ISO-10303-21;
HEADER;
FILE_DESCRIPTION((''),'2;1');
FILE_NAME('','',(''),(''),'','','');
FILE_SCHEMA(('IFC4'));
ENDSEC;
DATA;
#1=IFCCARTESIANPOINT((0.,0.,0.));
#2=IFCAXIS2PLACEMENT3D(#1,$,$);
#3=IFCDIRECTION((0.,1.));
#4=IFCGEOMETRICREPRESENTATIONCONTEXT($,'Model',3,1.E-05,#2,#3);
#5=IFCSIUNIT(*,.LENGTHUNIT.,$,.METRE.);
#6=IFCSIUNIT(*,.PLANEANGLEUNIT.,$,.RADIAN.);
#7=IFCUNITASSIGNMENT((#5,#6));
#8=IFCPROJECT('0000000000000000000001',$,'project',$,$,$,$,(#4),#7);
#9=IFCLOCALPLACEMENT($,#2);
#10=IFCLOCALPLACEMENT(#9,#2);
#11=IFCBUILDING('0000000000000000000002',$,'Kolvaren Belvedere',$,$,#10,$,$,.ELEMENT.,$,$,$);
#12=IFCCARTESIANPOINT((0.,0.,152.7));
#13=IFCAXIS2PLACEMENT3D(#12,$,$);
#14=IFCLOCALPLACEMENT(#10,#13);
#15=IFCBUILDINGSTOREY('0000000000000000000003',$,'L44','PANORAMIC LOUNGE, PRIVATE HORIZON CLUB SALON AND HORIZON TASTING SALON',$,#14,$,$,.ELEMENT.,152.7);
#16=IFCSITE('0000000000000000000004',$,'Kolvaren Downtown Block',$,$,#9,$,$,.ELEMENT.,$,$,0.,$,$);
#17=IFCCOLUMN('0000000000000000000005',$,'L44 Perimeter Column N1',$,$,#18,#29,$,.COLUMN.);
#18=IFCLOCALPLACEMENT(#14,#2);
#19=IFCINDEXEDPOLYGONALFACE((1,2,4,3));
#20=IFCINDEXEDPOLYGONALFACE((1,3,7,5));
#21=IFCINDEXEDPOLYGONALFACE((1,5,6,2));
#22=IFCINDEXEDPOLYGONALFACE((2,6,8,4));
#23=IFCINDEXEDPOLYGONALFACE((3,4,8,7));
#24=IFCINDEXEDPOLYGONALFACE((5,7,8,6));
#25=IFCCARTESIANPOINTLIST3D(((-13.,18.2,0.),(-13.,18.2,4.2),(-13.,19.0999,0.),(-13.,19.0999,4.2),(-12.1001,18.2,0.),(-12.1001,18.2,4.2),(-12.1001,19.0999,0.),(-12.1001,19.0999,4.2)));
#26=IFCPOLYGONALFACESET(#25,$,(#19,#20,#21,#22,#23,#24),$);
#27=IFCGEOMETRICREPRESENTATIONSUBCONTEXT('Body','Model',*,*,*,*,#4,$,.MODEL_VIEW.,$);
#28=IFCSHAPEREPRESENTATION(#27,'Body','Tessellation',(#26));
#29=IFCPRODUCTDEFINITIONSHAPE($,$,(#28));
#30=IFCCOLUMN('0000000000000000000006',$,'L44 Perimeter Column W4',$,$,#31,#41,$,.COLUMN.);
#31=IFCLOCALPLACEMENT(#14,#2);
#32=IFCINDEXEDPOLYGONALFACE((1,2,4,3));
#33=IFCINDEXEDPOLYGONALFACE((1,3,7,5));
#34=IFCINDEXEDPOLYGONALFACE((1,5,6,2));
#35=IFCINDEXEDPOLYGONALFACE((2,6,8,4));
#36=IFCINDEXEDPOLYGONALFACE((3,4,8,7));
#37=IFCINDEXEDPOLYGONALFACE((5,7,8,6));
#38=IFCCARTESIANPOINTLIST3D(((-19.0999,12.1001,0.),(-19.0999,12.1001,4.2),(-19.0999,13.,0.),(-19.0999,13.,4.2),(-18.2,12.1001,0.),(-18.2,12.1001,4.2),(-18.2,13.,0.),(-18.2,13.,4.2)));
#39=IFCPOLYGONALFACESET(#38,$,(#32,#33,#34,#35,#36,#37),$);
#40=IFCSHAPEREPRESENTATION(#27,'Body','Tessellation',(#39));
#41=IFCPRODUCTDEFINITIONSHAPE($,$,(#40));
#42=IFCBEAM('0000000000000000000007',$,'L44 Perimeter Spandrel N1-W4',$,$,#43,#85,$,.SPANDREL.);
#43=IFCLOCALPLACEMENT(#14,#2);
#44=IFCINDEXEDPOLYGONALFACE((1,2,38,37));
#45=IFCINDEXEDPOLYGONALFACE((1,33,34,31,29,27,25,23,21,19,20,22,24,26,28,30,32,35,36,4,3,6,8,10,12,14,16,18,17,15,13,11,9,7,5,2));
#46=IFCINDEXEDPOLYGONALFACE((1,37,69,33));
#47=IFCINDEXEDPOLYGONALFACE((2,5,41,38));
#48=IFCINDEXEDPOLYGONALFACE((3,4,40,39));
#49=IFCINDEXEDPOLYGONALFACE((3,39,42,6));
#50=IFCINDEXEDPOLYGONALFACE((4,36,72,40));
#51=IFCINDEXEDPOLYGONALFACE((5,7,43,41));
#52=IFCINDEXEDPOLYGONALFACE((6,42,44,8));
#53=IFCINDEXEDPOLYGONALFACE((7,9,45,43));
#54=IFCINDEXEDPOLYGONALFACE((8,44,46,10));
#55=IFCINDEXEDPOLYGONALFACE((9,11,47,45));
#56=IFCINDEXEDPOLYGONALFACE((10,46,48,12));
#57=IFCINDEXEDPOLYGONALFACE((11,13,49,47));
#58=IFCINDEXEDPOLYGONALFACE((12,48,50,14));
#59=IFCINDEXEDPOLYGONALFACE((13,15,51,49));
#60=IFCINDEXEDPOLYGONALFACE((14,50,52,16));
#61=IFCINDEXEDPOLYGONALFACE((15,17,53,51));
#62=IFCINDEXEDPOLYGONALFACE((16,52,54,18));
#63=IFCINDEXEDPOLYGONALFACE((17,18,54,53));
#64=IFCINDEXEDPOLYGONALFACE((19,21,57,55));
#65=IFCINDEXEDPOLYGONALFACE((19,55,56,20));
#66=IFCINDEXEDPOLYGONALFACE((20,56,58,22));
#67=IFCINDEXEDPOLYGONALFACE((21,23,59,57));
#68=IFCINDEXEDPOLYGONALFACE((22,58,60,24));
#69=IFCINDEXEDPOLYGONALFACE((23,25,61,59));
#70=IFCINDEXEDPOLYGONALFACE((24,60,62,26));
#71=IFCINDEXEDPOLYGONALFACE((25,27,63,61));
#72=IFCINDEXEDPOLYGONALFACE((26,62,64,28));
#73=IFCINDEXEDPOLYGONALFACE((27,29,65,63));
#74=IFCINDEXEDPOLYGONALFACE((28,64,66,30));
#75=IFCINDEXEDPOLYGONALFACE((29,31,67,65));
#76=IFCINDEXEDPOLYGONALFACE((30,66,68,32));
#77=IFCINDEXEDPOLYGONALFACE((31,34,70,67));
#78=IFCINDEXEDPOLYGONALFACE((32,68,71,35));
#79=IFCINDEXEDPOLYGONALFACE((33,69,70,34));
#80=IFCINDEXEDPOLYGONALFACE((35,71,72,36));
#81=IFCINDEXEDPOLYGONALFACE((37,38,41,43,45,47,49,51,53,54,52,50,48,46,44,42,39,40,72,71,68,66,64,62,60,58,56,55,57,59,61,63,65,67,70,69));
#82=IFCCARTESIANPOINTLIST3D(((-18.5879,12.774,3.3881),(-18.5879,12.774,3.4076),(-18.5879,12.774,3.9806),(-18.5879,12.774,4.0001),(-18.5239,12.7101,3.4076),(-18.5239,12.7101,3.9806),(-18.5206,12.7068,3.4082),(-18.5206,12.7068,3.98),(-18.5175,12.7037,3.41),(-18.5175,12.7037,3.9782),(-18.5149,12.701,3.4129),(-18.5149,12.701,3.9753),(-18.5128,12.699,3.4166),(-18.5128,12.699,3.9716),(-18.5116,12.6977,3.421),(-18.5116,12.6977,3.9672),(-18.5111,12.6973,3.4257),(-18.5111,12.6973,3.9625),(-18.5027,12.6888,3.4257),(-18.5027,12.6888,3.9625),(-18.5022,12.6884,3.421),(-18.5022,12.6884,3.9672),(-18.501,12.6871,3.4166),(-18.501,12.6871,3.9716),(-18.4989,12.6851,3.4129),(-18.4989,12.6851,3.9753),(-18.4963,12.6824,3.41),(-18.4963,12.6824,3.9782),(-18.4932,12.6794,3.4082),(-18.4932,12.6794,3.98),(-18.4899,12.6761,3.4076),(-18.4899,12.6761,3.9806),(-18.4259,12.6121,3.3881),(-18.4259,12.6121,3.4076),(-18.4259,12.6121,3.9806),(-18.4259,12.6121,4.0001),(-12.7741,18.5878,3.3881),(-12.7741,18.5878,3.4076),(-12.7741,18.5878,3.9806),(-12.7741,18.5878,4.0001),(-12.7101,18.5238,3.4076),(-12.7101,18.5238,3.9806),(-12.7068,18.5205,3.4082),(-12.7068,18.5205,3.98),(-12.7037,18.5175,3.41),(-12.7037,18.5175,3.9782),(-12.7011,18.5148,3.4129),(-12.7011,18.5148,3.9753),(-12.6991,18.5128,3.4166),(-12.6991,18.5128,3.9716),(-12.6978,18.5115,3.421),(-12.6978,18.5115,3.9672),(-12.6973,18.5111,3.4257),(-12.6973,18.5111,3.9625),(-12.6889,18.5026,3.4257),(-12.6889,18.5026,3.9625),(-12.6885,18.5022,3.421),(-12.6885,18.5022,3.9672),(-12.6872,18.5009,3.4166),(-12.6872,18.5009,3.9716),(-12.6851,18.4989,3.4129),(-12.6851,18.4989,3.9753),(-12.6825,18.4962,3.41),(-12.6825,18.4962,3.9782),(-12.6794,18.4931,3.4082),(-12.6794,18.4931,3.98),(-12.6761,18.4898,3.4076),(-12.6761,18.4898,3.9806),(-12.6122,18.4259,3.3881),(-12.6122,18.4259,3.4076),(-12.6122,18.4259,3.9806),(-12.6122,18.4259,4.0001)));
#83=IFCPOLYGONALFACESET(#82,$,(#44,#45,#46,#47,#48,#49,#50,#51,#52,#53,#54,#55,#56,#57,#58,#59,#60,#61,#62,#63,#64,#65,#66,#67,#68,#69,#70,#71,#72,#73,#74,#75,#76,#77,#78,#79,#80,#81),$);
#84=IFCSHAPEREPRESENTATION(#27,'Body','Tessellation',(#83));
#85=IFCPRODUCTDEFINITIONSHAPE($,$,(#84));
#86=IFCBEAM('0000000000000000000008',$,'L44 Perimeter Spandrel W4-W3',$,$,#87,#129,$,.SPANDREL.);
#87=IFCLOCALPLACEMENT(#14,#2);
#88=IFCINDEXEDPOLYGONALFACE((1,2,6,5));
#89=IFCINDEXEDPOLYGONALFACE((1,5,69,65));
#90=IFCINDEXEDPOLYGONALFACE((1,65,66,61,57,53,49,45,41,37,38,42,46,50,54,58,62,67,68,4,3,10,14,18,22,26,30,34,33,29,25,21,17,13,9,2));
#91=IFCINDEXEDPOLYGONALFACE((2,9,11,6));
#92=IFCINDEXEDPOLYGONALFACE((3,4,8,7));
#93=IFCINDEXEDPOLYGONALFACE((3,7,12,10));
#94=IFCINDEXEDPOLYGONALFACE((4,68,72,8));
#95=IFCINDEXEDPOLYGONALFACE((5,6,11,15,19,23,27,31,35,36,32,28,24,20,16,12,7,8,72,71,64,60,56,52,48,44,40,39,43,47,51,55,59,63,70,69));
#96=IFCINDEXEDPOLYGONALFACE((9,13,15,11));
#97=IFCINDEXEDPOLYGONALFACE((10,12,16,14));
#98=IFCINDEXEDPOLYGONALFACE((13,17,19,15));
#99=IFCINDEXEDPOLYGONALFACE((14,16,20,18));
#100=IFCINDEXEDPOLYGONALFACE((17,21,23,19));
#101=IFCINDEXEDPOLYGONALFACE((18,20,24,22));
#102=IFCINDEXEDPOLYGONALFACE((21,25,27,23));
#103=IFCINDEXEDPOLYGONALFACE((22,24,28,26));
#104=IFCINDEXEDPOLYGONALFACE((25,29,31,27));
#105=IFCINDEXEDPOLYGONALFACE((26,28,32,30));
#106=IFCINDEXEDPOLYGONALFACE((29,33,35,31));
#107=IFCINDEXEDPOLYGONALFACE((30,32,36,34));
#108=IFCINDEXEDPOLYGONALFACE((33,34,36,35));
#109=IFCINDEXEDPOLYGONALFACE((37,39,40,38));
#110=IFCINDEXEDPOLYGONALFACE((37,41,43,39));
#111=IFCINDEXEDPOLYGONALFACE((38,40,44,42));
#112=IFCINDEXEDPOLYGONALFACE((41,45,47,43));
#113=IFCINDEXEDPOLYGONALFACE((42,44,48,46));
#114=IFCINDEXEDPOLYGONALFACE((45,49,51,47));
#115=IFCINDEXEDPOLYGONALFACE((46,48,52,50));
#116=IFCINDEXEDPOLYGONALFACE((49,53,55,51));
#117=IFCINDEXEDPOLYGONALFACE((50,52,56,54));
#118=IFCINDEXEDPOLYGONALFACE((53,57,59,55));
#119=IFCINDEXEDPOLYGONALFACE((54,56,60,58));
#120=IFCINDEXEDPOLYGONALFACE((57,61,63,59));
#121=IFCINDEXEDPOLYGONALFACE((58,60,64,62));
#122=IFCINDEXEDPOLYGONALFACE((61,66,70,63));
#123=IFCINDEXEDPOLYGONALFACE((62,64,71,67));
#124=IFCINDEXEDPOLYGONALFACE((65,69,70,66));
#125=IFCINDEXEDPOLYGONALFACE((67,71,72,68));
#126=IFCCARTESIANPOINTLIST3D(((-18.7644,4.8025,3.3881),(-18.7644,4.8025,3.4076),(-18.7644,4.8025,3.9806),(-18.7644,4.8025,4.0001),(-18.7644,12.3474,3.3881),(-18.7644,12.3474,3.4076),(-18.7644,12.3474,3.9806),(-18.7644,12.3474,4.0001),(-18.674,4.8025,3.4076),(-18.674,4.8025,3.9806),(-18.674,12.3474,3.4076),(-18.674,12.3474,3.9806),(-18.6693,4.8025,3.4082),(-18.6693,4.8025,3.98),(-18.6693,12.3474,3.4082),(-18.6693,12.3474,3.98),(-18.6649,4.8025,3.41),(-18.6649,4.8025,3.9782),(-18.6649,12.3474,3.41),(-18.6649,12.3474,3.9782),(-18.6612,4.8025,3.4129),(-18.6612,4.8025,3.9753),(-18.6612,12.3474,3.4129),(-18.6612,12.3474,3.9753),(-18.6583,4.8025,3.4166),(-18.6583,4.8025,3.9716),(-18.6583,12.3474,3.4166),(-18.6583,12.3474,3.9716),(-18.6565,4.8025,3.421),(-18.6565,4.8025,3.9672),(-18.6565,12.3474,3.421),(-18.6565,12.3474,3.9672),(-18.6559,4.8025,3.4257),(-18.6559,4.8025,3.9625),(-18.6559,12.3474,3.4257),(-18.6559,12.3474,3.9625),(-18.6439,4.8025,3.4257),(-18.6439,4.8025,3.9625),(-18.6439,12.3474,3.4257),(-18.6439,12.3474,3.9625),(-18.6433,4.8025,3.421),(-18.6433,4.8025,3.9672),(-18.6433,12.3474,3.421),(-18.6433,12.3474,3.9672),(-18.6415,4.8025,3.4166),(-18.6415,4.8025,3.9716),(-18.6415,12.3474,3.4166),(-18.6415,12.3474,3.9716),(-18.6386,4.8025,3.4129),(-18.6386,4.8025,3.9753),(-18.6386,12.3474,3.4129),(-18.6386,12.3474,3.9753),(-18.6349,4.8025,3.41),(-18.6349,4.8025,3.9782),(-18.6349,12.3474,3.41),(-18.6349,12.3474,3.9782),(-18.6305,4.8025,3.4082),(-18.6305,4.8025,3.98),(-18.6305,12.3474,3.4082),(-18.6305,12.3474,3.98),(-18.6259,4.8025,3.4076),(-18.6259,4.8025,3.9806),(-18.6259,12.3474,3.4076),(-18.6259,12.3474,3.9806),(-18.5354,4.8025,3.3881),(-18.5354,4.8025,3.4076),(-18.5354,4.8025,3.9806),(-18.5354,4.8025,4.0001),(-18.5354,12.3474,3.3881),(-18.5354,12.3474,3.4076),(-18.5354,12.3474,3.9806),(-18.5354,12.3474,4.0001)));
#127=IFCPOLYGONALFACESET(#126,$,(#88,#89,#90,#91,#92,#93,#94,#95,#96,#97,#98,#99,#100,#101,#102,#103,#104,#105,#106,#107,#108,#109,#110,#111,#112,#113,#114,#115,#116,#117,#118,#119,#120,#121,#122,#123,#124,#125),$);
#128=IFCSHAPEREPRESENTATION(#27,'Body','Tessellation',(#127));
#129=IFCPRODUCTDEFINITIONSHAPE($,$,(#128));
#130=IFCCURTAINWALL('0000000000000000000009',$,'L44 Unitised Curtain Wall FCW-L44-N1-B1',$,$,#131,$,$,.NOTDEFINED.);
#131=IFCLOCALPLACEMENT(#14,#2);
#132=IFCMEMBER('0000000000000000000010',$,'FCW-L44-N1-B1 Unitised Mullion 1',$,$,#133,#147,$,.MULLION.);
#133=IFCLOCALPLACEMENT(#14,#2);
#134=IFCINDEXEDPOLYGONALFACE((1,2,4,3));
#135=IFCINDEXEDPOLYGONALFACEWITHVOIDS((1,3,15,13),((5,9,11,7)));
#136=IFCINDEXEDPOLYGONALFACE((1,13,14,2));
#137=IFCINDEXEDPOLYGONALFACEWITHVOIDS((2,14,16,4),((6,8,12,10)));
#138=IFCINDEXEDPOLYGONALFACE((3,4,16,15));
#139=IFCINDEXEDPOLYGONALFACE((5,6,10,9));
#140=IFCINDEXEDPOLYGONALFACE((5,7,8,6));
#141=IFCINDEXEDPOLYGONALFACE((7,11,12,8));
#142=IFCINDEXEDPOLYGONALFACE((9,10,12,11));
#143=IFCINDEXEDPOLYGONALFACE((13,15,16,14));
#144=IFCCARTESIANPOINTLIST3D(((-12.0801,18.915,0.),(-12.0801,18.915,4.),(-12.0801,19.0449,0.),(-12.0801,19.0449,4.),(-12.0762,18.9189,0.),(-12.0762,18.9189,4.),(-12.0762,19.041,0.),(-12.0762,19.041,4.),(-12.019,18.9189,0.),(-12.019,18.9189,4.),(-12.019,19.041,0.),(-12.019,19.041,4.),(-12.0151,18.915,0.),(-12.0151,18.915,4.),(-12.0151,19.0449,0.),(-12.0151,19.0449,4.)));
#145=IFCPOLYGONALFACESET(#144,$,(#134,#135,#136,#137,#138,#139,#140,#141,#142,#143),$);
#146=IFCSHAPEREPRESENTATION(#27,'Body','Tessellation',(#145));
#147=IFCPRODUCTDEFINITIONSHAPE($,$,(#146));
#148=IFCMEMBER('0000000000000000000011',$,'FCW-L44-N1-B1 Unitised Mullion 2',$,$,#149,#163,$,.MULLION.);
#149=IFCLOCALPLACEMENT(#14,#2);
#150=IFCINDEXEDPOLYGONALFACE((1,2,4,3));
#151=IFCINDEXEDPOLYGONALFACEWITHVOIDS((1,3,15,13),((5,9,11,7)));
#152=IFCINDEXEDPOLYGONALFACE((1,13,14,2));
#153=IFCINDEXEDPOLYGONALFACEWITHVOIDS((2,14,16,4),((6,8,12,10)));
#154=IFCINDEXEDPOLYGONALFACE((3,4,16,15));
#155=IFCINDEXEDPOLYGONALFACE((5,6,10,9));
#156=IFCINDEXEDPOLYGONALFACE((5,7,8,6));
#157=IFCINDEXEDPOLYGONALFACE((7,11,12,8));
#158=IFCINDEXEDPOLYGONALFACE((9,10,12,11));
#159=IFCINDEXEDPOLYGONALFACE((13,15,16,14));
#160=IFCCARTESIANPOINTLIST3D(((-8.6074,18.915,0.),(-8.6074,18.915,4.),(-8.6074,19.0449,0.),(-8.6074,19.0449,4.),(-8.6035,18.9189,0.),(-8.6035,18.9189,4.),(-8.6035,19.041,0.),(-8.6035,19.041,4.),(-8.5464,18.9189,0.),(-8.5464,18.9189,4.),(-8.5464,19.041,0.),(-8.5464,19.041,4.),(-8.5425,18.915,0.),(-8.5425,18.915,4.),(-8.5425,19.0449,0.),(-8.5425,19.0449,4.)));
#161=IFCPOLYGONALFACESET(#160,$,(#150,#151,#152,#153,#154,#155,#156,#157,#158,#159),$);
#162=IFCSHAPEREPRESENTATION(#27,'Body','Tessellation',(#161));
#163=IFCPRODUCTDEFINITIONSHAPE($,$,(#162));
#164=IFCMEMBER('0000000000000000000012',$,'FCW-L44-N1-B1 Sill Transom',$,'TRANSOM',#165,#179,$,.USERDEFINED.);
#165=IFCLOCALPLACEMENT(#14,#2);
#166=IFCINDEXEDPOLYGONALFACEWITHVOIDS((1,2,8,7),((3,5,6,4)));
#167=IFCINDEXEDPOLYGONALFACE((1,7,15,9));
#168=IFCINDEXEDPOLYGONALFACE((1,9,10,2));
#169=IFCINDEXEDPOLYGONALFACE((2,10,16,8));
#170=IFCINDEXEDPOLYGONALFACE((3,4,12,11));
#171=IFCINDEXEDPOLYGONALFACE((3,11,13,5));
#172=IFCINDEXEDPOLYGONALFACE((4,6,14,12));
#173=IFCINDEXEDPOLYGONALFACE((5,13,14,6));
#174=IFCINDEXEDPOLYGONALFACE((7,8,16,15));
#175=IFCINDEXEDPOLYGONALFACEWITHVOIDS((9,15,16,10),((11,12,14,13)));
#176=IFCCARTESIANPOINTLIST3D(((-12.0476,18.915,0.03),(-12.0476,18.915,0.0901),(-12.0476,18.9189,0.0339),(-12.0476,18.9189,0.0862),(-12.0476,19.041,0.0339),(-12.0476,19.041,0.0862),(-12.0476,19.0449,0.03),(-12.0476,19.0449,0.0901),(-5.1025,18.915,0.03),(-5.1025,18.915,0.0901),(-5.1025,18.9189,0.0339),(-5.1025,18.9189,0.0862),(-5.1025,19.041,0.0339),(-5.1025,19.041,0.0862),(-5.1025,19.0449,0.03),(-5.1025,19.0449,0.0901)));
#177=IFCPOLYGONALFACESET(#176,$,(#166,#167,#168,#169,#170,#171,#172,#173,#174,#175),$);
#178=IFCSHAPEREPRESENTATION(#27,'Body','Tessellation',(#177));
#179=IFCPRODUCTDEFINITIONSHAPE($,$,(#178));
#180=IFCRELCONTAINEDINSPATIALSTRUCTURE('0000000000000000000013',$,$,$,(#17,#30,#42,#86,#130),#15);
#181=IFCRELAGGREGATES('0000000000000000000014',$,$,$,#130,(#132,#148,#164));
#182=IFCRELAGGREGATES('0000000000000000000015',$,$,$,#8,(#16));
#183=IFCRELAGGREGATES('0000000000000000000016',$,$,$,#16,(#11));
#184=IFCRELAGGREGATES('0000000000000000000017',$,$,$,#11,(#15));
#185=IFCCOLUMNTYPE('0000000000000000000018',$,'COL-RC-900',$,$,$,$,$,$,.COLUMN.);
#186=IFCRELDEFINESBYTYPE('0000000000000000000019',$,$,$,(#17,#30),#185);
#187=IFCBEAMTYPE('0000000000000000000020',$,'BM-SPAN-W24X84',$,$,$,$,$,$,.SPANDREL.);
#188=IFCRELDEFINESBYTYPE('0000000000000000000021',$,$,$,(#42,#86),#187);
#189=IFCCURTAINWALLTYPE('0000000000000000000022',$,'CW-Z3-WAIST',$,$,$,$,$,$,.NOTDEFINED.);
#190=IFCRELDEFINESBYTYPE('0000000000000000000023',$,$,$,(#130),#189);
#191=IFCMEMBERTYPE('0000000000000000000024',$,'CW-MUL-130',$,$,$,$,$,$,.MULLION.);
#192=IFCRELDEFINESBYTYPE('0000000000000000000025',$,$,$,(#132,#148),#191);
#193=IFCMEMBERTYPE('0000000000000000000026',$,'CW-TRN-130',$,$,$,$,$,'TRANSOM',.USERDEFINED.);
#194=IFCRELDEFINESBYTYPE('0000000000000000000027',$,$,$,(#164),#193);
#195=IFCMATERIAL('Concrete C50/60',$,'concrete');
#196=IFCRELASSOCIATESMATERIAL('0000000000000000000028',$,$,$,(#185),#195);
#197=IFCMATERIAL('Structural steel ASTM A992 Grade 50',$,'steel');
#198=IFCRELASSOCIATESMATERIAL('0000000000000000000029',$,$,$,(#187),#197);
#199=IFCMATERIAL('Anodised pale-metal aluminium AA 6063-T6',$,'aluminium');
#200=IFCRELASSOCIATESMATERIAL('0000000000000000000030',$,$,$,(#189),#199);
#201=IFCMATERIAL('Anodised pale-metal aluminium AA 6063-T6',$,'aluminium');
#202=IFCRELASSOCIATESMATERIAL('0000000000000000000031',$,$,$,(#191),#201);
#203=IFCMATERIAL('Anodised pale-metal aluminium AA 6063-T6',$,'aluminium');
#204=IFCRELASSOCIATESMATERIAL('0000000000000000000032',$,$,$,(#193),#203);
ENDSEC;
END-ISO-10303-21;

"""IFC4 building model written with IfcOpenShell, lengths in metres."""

from ifc_helpers import new_model, si_unit, direction, frame, origin, origin_2d, place, context, subcontext, project, spatial, rectangle, hollow_rectangle, i_section, extrude, material, material_profile, profile_set, type_object, element, aggregate, save


model = new_model("IFC4")

# Units and contexts
model_context = context("Model", 3, precision=1e-05, world=origin(), true_north=direction((0.0, 1.0)))
body_context = subcontext(model_context, "Body", "Model", "MODEL_VIEW")
ifc_project = project(units=[si_unit("LENGTHUNIT", "METRE"), si_unit("PLANEANGLEUNIT", "RADIAN")], contexts=[model_context])

# Site, building, storey
site_placement = place(None, origin())
site = spatial("IfcSite", under=ifc_project, at=site_placement, Name="Kolvaren Downtown Block", CompositionType="ELEMENT", RefElevation=0.0)
building_placement = place(site_placement, origin())
building = spatial("IfcBuilding", under=site, at=building_placement, Name="Kolvaren Belvedere", CompositionType="ELEMENT")
storey_placement = place(building_placement, frame((0.0, 0.0, 152.7)))
storey = spatial("IfcBuildingStorey", under=building, at=storey_placement, Name="L44", Description="PANORAMIC LOUNGE, PRIVATE HORIZON CLUB SALON AND HORIZON TASTING SALON", CompositionType="ELEMENT", Elevation=152.7)

# Columns
ifc_material_1 = material(Name="Concrete C50/60", Category="concrete")
ifc_material_profile_1 = material_profile(ifc_material_1, rectangle(XDim=0.8999, YDim=0.8999, at=origin_2d()), Name="RC 900X900")
ifc_profile_set_1 = profile_set([ifc_material_profile_1], Name="Concrete C50/60")
column_type = type_object("IfcColumnType", Name="COL-RC-900", PredefinedType="COLUMN", material=ifc_profile_set_1)
for number, where, z_axis, x_axis, name in (
    (1, (-12.55, 18.6499, 0.0), (0.0, 0.0, 1.0), (1.0, 0.0, 0.0), "L44 Perimeter Column N1"),
    (2, (-18.6499, 12.55, 0.0), (0.0, 0.0, 1.0), (1.0, 0.0, 0.0), "L44 Perimeter Column W4"),
):
    element("IfcColumn", number, at=place(storey_placement, frame(where, z_axis=z_axis, x_axis=x_axis)), inside=storey, type_object=column_type, Name=name, PredefinedType="COLUMN", context=body_context, shape_type="SweptSolid", body=[
        extrude(rectangle(XDim=0.8999, YDim=0.8999, at=origin_2d()), origin(), (0.0, 0.0, 1.0), 4.2),
    ])

# Beams
ifc_material_2 = material(Name="Structural steel ASTM A992 Grade 50", Category="steel")
ifc_material_profile_2 = material_profile(ifc_material_2, i_section(OverallWidth=0.229, OverallDepth=0.6121, WebThickness=0.012, FlangeThickness=0.0195, FilletRadius=0.0181, at=origin_2d()), Name="W24X84")
ifc_profile_set_2 = profile_set([ifc_material_profile_2], Name="Structural steel ASTM A992 Grade 50")
beam_type = type_object("IfcBeamType", Name="BM-SPAN-W24X84", PredefinedType="SPANDREL", material=ifc_profile_set_2)
beam_1_placement = place(storey_placement, frame((-12.6931, 18.5068, 3.6941), z_axis=(-0.707107, -0.707107, 0.0), x_axis=(0.707107, -0.707107, 0.0)))
element("IfcBeam", 3, at=beam_1_placement, inside=storey, type_object=beam_type, Name="L44 Perimeter Spandrel N1-W4", PredefinedType="SPANDREL", context=body_context, shape_type="SweptSolid", body=[
    extrude(i_section(OverallWidth=0.229, OverallDepth=0.6121, WebThickness=0.012, FlangeThickness=0.0195, FilletRadius=0.0181, at=origin_2d()), origin(), (0.0, 0.0, 1.0), 8.2219),
])
beam_2_placement = place(storey_placement, frame((-18.6499, 12.3474, 3.6941), z_axis=(0.0, -1.0, 0.0), x_axis=(1.0, 0.0, 0.0)))
element("IfcBeam", 4, at=beam_2_placement, inside=storey, type_object=beam_type, Name="L44 Perimeter Spandrel W4-W3", PredefinedType="SPANDREL", context=body_context, shape_type="SweptSolid", body=[
    extrude(i_section(OverallWidth=0.229, OverallDepth=0.6121, WebThickness=0.012, FlangeThickness=0.0195, FilletRadius=0.0181, at=origin_2d()), origin(), (0.0, 0.0, 1.0), 7.5449),
])

# Curtain wall, members
ifc_material_3 = material(Name="Anodised pale-metal aluminium AA 6063-T6", Category="aluminium")
curtain_wall_type = type_object("IfcCurtainWallType", Name="CW-Z3-WAIST", PredefinedType="NOTDEFINED", material=ifc_material_3)
curtain_wall_placement = place(storey_placement, origin())
curtain_wall = element("IfcCurtainWall", 5, at=curtain_wall_placement, inside=storey, type_object=curtain_wall_type, Name="L44 Unitised Curtain Wall FCW-L44-N1-B1", PredefinedType="NOTDEFINED")
ifc_material_4 = material(Name="Anodised pale-metal aluminium AA 6063-T6", Category="aluminium")
ifc_material_profile_3 = material_profile(ifc_material_4, hollow_rectangle(XDim=0.0649, YDim=0.1299, WallThickness=0.0039, at=origin_2d()), Name="ALU-MUL-130X65")
ifc_profile_set_3 = profile_set([ifc_material_profile_3], Name="Anodised pale-metal aluminium AA 6063-T6")
member_type_1 = type_object("IfcMemberType", Name="CW-MUL-130", PredefinedType="MULLION", material=ifc_profile_set_3)
member_1_placement = place(storey_placement, frame((-12.0476, 18.98, 0.0), z_axis=(0.0, 0.0, 1.0), x_axis=(1.0, 0.0, 0.0)))
member_1 = element("IfcMember", 6, at=member_1_placement, type_object=member_type_1, Name="FCW-L44-N1-B1 Unitised Mullion 1", PredefinedType="MULLION", context=body_context, shape_type="SweptSolid", body=[
    extrude(hollow_rectangle(XDim=0.0649, YDim=0.1299, WallThickness=0.0039, at=origin_2d()), origin(), (0.0, 0.0, 1.0), 4.0),
])
member_2_placement = place(storey_placement, frame((-8.575, 18.98, 0.0), z_axis=(0.0, 0.0, 1.0), x_axis=(1.0, 0.0, 0.0)))
member_2 = element("IfcMember", 7, at=member_2_placement, type_object=member_type_1, Name="FCW-L44-N1-B1 Unitised Mullion 2", PredefinedType="MULLION", context=body_context, shape_type="SweptSolid", body=[
    extrude(hollow_rectangle(XDim=0.0649, YDim=0.1299, WallThickness=0.0039, at=origin_2d()), origin(), (0.0, 0.0, 1.0), 4.0),
])
ifc_material_5 = material(Name="Anodised pale-metal aluminium AA 6063-T6", Category="aluminium")
ifc_material_profile_4 = material_profile(ifc_material_5, hollow_rectangle(XDim=0.0601, YDim=0.1299, WallThickness=0.0039, at=origin_2d()), Name="ALU-TRN-130X60")
ifc_profile_set_4 = profile_set([ifc_material_profile_4], Name="Anodised pale-metal aluminium AA 6063-T6")
member_type_2 = type_object("IfcMemberType", Name="CW-TRN-130", ElementType="TRANSOM", PredefinedType="USERDEFINED", material=ifc_profile_set_4)
member_3_placement = place(storey_placement, frame((-12.0476, 18.98, 0.0601), z_axis=(1.0, 0.0, 0.0), x_axis=(0.0, 0.0, 1.0)))
member_3 = element("IfcMember", 8, at=member_3_placement, type_object=member_type_2, Name="FCW-L44-N1-B1 Sill Transom", ObjectType="TRANSOM", PredefinedType="USERDEFINED", context=body_context, shape_type="SweptSolid", body=[
    extrude(hollow_rectangle(XDim=0.0601, YDim=0.1299, WallThickness=0.0039, at=origin_2d()), origin(), (0.0, 0.0, 1.0), 6.9451),
])
aggregate(curtain_wall, [member_1, member_2, member_3])

save(model, "model.ifc")
